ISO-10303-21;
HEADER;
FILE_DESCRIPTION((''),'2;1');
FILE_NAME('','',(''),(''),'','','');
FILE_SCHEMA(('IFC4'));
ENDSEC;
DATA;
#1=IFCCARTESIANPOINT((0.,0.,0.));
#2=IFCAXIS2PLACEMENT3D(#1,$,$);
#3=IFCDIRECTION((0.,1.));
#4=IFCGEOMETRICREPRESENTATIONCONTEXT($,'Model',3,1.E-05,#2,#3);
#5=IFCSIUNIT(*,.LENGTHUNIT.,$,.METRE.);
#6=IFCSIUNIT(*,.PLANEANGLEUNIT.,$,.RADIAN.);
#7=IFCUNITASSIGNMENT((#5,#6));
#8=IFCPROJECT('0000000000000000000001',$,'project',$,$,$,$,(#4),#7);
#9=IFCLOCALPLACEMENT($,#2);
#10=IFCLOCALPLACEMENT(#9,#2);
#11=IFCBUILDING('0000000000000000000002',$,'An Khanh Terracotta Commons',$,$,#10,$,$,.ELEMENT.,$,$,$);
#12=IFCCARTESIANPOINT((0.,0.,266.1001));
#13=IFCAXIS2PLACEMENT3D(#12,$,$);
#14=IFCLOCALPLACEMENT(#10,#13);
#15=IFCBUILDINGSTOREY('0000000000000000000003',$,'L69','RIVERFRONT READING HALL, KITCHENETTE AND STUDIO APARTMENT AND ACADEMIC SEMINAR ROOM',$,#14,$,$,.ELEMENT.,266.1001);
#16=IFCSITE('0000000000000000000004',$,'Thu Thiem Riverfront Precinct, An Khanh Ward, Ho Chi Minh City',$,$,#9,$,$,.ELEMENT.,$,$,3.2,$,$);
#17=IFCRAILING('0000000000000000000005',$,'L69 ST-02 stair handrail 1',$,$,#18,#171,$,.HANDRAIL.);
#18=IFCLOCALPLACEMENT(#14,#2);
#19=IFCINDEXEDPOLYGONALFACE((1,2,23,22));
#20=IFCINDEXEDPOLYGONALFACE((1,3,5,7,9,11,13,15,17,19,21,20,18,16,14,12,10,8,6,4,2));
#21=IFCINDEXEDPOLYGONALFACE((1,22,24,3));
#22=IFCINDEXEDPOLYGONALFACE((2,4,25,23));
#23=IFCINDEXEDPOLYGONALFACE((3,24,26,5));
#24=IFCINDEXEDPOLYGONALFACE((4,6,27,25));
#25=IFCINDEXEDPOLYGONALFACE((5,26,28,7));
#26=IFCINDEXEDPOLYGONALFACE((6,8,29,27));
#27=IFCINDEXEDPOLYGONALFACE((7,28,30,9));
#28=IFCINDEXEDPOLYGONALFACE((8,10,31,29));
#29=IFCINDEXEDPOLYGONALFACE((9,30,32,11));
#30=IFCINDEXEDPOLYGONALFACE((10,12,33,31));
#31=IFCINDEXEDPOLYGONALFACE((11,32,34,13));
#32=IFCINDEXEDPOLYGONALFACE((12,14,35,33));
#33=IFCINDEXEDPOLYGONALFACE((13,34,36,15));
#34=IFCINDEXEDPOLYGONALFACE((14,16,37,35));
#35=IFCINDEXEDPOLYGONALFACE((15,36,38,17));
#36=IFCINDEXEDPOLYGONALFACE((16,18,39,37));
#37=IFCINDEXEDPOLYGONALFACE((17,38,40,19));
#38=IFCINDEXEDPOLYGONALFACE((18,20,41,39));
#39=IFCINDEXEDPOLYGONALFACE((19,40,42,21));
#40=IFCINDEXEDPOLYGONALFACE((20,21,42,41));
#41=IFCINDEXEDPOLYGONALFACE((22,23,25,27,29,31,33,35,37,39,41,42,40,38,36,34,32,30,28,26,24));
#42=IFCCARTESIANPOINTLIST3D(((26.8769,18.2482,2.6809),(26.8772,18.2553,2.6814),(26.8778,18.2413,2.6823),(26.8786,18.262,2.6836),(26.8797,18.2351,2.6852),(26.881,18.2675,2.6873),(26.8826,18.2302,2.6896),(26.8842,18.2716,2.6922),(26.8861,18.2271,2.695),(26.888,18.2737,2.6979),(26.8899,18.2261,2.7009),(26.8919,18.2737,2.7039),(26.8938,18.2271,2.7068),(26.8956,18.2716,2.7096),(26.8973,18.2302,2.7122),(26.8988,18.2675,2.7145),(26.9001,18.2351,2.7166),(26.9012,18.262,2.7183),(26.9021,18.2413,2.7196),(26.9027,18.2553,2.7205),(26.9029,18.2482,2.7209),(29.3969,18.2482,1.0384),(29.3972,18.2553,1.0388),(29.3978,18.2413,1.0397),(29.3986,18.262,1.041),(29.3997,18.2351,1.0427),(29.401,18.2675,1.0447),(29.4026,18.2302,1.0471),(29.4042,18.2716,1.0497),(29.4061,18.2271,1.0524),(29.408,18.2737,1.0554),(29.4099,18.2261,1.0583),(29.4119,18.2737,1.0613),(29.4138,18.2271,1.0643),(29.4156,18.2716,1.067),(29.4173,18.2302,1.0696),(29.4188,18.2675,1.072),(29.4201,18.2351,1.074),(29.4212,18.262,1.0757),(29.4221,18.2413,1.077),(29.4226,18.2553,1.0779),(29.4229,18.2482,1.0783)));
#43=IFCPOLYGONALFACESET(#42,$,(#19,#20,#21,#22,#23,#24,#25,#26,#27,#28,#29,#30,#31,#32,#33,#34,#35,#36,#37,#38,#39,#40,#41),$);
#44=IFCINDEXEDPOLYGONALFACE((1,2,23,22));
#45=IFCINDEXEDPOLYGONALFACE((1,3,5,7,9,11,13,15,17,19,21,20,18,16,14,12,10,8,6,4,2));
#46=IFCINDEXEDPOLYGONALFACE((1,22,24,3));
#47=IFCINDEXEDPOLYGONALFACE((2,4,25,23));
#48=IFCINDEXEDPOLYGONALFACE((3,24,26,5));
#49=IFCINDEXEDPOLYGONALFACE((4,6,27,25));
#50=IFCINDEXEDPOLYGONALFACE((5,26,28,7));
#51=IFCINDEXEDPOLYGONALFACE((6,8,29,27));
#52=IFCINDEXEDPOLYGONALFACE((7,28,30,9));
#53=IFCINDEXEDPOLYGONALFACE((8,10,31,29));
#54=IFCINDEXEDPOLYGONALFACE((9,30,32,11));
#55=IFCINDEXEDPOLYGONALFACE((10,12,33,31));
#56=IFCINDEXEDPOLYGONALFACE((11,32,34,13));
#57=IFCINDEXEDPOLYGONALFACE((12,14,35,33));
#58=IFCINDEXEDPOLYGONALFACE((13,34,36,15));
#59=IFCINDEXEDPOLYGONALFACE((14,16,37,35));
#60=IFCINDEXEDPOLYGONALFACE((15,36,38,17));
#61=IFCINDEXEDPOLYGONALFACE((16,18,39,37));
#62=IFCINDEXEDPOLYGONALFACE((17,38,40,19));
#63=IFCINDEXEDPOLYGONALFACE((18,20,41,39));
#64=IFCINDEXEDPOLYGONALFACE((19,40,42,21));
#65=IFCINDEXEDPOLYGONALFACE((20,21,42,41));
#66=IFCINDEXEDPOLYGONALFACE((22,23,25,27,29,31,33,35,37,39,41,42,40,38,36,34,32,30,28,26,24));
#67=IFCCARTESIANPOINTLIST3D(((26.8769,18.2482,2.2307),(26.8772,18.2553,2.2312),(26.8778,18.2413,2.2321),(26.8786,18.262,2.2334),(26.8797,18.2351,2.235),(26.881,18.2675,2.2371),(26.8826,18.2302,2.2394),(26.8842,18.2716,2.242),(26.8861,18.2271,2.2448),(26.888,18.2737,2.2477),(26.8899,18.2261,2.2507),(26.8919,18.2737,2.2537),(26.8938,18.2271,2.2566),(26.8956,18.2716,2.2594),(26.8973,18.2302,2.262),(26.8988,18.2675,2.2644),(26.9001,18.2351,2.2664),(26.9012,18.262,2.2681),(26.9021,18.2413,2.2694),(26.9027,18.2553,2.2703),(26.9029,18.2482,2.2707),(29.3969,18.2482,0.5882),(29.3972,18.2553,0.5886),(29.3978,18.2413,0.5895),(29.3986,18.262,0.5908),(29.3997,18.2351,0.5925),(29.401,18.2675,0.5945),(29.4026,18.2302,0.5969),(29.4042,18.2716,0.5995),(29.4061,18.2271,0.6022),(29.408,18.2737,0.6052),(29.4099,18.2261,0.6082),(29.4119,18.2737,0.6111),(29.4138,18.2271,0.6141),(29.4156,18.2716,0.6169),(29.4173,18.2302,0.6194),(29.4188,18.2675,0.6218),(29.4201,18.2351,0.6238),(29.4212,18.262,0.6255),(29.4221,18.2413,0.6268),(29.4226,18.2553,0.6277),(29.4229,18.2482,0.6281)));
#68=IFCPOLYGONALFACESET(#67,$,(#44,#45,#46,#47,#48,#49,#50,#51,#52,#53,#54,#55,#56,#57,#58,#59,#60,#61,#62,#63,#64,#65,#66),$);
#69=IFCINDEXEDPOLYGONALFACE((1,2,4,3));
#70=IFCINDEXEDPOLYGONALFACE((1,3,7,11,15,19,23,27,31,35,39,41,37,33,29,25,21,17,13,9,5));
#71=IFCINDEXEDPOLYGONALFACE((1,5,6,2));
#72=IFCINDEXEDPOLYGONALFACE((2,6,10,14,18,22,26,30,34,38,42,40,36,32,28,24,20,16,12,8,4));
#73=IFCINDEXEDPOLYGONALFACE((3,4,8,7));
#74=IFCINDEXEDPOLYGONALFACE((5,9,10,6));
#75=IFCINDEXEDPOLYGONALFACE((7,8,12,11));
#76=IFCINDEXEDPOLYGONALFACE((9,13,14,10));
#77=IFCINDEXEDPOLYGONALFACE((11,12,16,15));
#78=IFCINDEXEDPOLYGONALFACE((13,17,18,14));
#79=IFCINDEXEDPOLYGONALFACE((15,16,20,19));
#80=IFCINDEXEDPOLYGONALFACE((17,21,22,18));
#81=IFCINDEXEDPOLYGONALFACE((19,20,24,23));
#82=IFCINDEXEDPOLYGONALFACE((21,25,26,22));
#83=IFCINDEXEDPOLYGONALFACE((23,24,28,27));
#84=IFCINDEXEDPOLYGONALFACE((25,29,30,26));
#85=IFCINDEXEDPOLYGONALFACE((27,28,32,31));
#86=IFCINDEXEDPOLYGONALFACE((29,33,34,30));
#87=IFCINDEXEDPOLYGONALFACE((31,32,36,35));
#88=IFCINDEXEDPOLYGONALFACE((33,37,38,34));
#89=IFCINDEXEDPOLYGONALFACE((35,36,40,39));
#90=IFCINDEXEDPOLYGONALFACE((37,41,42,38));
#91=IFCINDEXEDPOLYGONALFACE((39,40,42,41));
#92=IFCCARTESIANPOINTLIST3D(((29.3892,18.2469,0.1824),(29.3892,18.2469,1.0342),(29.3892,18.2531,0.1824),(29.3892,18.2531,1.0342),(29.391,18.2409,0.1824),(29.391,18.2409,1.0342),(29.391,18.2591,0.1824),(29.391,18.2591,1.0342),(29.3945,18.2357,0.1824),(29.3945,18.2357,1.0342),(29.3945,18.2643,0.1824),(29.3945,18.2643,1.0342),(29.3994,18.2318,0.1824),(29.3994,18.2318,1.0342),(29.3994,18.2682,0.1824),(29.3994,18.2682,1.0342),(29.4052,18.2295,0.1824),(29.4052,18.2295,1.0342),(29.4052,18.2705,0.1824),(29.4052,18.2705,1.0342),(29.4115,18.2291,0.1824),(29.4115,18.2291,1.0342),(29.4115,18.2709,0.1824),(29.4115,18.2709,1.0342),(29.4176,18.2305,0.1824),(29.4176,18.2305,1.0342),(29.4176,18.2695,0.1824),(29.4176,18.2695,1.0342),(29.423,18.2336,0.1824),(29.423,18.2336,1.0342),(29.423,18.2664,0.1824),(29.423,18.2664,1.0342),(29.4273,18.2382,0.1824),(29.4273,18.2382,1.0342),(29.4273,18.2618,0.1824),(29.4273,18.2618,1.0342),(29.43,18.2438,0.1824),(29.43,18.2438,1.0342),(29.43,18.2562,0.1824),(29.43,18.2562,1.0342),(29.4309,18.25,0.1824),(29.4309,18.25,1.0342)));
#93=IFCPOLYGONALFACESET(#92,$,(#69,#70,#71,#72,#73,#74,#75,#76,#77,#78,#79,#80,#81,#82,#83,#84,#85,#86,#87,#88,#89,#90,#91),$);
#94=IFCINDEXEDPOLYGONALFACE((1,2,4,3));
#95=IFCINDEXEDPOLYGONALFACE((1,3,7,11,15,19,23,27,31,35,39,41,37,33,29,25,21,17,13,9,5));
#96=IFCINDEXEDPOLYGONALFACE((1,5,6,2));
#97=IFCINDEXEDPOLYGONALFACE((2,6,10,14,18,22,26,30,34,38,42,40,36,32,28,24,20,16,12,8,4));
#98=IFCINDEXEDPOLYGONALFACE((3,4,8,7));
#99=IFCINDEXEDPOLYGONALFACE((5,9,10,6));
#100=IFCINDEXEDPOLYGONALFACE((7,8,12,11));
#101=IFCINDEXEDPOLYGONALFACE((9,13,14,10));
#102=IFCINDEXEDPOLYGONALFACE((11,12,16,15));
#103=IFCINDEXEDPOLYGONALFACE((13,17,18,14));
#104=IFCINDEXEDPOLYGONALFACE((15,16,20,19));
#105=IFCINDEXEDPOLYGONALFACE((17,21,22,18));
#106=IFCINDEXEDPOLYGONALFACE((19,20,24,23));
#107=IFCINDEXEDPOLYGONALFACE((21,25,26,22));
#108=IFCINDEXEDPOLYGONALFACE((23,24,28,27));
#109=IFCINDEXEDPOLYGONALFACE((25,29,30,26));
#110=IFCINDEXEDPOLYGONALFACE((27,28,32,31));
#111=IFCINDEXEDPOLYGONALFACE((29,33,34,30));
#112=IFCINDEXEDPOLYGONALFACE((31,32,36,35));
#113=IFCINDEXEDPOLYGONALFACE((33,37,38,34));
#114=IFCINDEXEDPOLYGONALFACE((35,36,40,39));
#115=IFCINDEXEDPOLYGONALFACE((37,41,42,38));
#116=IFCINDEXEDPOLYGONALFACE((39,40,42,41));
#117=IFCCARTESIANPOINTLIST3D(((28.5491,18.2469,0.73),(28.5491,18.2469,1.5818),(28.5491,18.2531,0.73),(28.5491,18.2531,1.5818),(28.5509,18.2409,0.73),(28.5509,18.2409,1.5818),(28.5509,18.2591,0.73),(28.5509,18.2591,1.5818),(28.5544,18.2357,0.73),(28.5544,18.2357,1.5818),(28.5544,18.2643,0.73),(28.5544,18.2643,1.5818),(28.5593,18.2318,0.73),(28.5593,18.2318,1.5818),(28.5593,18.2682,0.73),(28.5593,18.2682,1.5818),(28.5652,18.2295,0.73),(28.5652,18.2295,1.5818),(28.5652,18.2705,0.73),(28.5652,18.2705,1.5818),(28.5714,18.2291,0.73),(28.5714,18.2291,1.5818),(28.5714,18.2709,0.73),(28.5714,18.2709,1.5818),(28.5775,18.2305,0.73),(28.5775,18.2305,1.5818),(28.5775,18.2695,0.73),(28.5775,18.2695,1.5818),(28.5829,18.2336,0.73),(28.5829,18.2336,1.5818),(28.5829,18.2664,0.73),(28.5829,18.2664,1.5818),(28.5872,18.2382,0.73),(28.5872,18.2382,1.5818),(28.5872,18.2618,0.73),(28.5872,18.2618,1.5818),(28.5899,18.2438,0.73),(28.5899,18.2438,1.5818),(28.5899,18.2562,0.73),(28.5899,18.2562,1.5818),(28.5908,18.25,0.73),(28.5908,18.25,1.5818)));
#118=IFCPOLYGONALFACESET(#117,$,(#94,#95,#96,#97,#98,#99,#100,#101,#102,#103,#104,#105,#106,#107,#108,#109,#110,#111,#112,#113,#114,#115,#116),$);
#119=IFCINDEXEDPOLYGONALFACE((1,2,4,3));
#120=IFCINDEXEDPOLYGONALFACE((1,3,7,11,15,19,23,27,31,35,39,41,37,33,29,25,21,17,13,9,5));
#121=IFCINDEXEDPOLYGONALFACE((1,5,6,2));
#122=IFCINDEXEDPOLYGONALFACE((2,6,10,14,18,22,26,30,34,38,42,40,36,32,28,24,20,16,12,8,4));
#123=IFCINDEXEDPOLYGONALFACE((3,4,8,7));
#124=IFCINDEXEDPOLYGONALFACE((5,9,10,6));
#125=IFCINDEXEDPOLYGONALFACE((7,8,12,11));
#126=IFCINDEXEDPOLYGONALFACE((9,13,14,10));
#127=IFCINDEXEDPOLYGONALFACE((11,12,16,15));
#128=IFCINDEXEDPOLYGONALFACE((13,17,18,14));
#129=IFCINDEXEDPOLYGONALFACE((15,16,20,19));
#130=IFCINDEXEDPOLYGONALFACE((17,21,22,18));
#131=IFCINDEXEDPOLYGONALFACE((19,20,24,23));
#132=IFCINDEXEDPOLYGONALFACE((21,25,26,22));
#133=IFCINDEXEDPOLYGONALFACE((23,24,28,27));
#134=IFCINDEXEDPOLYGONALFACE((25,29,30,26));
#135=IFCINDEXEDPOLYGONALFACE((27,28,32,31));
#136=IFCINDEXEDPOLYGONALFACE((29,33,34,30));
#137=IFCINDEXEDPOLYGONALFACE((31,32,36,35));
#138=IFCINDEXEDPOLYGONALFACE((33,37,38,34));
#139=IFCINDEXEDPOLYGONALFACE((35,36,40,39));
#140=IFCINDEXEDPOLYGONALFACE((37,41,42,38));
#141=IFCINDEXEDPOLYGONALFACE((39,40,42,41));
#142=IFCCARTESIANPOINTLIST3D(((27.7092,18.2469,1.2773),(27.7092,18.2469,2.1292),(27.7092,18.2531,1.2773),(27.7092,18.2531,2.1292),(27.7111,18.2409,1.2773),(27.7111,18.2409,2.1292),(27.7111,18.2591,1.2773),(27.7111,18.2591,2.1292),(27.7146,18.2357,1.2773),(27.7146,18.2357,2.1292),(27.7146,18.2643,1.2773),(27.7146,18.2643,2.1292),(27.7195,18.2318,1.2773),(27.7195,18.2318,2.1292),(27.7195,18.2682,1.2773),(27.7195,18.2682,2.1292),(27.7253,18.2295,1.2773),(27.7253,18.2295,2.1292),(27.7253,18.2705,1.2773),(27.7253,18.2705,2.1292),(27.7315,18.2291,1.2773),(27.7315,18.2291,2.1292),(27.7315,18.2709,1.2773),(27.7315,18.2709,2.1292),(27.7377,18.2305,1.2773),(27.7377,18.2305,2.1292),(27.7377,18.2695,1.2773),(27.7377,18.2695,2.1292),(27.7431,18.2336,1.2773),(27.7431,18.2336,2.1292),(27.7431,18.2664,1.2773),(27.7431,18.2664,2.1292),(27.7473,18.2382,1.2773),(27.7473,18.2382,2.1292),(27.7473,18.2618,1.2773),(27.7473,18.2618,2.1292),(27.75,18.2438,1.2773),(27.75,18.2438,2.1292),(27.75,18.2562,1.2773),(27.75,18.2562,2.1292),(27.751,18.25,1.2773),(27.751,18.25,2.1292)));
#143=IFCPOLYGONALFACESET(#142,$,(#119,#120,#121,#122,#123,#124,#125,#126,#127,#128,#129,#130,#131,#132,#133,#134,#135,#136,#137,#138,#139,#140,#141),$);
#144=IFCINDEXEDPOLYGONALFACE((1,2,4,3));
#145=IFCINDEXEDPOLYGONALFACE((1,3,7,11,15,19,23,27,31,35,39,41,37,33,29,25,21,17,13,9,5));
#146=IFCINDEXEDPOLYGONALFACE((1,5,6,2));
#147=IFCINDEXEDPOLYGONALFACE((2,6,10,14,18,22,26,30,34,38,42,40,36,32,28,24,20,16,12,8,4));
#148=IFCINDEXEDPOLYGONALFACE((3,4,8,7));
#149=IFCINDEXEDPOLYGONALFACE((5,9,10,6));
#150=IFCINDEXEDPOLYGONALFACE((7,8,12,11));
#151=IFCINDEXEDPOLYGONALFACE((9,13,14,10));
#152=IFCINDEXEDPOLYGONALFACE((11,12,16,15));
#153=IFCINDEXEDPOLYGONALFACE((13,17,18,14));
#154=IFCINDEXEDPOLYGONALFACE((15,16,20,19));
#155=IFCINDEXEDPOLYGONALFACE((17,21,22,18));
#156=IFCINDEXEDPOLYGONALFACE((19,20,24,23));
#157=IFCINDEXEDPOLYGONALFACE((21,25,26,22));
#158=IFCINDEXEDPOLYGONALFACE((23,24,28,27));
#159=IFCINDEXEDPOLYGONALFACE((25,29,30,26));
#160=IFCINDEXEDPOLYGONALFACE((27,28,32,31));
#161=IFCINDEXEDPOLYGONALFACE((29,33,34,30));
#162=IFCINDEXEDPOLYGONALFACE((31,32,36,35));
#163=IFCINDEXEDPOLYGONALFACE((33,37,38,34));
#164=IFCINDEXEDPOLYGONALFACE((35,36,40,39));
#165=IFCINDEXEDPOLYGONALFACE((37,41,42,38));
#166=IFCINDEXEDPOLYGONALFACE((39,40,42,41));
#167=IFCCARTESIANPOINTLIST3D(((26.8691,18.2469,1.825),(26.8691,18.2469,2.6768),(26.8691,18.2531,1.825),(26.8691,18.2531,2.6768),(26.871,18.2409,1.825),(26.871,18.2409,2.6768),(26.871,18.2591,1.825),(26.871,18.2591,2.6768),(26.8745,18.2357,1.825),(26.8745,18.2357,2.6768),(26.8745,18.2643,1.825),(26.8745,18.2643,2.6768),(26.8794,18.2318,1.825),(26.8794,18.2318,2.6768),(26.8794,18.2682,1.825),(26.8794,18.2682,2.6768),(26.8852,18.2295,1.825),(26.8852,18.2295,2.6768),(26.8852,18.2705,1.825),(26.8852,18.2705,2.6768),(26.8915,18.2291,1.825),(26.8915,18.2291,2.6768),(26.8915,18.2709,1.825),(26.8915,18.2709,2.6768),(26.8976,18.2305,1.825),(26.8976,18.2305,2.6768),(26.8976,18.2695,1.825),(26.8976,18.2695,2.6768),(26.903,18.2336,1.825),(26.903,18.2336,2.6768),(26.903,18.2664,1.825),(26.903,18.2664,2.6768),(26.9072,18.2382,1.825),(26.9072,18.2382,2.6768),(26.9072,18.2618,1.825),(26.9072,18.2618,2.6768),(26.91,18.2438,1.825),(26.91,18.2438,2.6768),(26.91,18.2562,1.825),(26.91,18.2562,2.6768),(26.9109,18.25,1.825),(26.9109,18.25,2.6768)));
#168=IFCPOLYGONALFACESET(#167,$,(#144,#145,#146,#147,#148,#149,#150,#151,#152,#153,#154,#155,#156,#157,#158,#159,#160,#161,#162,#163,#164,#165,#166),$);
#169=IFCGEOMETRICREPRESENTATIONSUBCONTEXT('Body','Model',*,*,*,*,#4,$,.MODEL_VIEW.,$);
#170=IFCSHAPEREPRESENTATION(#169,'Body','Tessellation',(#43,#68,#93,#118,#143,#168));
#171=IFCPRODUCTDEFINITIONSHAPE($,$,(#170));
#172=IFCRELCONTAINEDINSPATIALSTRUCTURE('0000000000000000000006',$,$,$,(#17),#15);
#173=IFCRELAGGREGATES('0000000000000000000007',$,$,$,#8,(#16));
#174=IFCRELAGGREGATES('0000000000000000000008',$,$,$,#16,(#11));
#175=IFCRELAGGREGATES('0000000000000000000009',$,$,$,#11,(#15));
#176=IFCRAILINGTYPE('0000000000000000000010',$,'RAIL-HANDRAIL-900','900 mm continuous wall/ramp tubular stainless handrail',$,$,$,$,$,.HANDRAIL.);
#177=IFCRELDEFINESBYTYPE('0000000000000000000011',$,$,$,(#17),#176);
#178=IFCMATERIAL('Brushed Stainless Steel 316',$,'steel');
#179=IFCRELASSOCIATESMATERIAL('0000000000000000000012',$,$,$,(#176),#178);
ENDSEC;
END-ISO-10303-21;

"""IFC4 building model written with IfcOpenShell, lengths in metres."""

from ifc_helpers import new_model, si_unit, direction, frame, origin, origin_2d, place, context, subcontext, project, spatial, circle, extrude, material, type_object, element, save


model = new_model("IFC4")

# Units and contexts
model_context = context("Model", 3, precision=1e-05, world=origin(), true_north=direction((0.0, 1.0)))
body_context = subcontext(model_context, "Body", "Model", "MODEL_VIEW")
ifc_project = project(units=[si_unit("LENGTHUNIT", "METRE"), si_unit("PLANEANGLEUNIT", "RADIAN")], contexts=[model_context])

# Site, building, storey
site_placement = place(None, origin())
site = spatial("IfcSite", under=ifc_project, at=site_placement, Name="Thu Thiem Riverfront Precinct, An Khanh Ward, Ho Chi Minh City", CompositionType="ELEMENT", RefElevation=3.2)
building_placement = place(site_placement, origin())
building = spatial("IfcBuilding", under=site, at=building_placement, Name="An Khanh Terracotta Commons", CompositionType="ELEMENT")
storey_placement = place(building_placement, frame((0.0, 0.0, 266.1001)))
storey = spatial("IfcBuildingStorey", under=building, at=storey_placement, Name="L69", Description="RIVERFRONT READING HALL, KITCHENETTE AND STUDIO APARTMENT AND ACADEMIC SEMINAR ROOM", CompositionType="ELEMENT", Elevation=266.1001)

# Railing
ifc_material_1 = material(Name="Brushed Stainless Steel 316", Category="steel")
railing_type_1 = type_object("IfcRailingType", Name="RAIL-HANDRAIL-900", Description="900 mm continuous wall/ramp tubular stainless handrail", PredefinedType="HANDRAIL", material=ifc_material_1)
railing_1_placement = place(storey_placement, frame((29.4099, 18.25, 0.1824)))
element("IfcRailing", 1, at=railing_1_placement, inside=storey, type_object=railing_type_1, Name="L69 ST-02 stair handrail 1", PredefinedType="HANDRAIL", context=body_context, shape_type="SweptSolid", body=[
    extrude(circle(Radius=0.0239, at=origin_2d()), frame((0.0, 0.0, 0.876), z_axis=(-0.837749, 0.0, 0.546055), x_axis=(0.0, -1.0, 0.0)), (0.0, 0.0, 1.0), 3.0081),
    extrude(circle(Radius=0.0239, at=origin_2d()), frame((0.0, 0.0, 0.4258), z_axis=(-0.837749, 0.0, 0.546055), x_axis=(0.0, -1.0, 0.0)), (0.0, 0.0, 1.0), 3.0081),
    extrude(circle(Radius=0.021, at=origin_2d()), origin(), (0.0, 0.0, 1.0), 0.8518),
    extrude(circle(Radius=0.021, at=origin_2d()), frame((-0.8401, 0.0, 0.5476)), (0.0, 0.0, 1.0), 0.8518),
    extrude(circle(Radius=0.021, at=origin_2d()), frame((-1.6799, 0.0, 1.095)), (0.0, 0.0, 1.0), 0.8518),
    extrude(circle(Radius=0.021, at=origin_2d()), frame((-2.52, 0.0, 1.6426)), (0.0, 0.0, 1.0), 0.8518),
])

save(model, "model.ifc")
